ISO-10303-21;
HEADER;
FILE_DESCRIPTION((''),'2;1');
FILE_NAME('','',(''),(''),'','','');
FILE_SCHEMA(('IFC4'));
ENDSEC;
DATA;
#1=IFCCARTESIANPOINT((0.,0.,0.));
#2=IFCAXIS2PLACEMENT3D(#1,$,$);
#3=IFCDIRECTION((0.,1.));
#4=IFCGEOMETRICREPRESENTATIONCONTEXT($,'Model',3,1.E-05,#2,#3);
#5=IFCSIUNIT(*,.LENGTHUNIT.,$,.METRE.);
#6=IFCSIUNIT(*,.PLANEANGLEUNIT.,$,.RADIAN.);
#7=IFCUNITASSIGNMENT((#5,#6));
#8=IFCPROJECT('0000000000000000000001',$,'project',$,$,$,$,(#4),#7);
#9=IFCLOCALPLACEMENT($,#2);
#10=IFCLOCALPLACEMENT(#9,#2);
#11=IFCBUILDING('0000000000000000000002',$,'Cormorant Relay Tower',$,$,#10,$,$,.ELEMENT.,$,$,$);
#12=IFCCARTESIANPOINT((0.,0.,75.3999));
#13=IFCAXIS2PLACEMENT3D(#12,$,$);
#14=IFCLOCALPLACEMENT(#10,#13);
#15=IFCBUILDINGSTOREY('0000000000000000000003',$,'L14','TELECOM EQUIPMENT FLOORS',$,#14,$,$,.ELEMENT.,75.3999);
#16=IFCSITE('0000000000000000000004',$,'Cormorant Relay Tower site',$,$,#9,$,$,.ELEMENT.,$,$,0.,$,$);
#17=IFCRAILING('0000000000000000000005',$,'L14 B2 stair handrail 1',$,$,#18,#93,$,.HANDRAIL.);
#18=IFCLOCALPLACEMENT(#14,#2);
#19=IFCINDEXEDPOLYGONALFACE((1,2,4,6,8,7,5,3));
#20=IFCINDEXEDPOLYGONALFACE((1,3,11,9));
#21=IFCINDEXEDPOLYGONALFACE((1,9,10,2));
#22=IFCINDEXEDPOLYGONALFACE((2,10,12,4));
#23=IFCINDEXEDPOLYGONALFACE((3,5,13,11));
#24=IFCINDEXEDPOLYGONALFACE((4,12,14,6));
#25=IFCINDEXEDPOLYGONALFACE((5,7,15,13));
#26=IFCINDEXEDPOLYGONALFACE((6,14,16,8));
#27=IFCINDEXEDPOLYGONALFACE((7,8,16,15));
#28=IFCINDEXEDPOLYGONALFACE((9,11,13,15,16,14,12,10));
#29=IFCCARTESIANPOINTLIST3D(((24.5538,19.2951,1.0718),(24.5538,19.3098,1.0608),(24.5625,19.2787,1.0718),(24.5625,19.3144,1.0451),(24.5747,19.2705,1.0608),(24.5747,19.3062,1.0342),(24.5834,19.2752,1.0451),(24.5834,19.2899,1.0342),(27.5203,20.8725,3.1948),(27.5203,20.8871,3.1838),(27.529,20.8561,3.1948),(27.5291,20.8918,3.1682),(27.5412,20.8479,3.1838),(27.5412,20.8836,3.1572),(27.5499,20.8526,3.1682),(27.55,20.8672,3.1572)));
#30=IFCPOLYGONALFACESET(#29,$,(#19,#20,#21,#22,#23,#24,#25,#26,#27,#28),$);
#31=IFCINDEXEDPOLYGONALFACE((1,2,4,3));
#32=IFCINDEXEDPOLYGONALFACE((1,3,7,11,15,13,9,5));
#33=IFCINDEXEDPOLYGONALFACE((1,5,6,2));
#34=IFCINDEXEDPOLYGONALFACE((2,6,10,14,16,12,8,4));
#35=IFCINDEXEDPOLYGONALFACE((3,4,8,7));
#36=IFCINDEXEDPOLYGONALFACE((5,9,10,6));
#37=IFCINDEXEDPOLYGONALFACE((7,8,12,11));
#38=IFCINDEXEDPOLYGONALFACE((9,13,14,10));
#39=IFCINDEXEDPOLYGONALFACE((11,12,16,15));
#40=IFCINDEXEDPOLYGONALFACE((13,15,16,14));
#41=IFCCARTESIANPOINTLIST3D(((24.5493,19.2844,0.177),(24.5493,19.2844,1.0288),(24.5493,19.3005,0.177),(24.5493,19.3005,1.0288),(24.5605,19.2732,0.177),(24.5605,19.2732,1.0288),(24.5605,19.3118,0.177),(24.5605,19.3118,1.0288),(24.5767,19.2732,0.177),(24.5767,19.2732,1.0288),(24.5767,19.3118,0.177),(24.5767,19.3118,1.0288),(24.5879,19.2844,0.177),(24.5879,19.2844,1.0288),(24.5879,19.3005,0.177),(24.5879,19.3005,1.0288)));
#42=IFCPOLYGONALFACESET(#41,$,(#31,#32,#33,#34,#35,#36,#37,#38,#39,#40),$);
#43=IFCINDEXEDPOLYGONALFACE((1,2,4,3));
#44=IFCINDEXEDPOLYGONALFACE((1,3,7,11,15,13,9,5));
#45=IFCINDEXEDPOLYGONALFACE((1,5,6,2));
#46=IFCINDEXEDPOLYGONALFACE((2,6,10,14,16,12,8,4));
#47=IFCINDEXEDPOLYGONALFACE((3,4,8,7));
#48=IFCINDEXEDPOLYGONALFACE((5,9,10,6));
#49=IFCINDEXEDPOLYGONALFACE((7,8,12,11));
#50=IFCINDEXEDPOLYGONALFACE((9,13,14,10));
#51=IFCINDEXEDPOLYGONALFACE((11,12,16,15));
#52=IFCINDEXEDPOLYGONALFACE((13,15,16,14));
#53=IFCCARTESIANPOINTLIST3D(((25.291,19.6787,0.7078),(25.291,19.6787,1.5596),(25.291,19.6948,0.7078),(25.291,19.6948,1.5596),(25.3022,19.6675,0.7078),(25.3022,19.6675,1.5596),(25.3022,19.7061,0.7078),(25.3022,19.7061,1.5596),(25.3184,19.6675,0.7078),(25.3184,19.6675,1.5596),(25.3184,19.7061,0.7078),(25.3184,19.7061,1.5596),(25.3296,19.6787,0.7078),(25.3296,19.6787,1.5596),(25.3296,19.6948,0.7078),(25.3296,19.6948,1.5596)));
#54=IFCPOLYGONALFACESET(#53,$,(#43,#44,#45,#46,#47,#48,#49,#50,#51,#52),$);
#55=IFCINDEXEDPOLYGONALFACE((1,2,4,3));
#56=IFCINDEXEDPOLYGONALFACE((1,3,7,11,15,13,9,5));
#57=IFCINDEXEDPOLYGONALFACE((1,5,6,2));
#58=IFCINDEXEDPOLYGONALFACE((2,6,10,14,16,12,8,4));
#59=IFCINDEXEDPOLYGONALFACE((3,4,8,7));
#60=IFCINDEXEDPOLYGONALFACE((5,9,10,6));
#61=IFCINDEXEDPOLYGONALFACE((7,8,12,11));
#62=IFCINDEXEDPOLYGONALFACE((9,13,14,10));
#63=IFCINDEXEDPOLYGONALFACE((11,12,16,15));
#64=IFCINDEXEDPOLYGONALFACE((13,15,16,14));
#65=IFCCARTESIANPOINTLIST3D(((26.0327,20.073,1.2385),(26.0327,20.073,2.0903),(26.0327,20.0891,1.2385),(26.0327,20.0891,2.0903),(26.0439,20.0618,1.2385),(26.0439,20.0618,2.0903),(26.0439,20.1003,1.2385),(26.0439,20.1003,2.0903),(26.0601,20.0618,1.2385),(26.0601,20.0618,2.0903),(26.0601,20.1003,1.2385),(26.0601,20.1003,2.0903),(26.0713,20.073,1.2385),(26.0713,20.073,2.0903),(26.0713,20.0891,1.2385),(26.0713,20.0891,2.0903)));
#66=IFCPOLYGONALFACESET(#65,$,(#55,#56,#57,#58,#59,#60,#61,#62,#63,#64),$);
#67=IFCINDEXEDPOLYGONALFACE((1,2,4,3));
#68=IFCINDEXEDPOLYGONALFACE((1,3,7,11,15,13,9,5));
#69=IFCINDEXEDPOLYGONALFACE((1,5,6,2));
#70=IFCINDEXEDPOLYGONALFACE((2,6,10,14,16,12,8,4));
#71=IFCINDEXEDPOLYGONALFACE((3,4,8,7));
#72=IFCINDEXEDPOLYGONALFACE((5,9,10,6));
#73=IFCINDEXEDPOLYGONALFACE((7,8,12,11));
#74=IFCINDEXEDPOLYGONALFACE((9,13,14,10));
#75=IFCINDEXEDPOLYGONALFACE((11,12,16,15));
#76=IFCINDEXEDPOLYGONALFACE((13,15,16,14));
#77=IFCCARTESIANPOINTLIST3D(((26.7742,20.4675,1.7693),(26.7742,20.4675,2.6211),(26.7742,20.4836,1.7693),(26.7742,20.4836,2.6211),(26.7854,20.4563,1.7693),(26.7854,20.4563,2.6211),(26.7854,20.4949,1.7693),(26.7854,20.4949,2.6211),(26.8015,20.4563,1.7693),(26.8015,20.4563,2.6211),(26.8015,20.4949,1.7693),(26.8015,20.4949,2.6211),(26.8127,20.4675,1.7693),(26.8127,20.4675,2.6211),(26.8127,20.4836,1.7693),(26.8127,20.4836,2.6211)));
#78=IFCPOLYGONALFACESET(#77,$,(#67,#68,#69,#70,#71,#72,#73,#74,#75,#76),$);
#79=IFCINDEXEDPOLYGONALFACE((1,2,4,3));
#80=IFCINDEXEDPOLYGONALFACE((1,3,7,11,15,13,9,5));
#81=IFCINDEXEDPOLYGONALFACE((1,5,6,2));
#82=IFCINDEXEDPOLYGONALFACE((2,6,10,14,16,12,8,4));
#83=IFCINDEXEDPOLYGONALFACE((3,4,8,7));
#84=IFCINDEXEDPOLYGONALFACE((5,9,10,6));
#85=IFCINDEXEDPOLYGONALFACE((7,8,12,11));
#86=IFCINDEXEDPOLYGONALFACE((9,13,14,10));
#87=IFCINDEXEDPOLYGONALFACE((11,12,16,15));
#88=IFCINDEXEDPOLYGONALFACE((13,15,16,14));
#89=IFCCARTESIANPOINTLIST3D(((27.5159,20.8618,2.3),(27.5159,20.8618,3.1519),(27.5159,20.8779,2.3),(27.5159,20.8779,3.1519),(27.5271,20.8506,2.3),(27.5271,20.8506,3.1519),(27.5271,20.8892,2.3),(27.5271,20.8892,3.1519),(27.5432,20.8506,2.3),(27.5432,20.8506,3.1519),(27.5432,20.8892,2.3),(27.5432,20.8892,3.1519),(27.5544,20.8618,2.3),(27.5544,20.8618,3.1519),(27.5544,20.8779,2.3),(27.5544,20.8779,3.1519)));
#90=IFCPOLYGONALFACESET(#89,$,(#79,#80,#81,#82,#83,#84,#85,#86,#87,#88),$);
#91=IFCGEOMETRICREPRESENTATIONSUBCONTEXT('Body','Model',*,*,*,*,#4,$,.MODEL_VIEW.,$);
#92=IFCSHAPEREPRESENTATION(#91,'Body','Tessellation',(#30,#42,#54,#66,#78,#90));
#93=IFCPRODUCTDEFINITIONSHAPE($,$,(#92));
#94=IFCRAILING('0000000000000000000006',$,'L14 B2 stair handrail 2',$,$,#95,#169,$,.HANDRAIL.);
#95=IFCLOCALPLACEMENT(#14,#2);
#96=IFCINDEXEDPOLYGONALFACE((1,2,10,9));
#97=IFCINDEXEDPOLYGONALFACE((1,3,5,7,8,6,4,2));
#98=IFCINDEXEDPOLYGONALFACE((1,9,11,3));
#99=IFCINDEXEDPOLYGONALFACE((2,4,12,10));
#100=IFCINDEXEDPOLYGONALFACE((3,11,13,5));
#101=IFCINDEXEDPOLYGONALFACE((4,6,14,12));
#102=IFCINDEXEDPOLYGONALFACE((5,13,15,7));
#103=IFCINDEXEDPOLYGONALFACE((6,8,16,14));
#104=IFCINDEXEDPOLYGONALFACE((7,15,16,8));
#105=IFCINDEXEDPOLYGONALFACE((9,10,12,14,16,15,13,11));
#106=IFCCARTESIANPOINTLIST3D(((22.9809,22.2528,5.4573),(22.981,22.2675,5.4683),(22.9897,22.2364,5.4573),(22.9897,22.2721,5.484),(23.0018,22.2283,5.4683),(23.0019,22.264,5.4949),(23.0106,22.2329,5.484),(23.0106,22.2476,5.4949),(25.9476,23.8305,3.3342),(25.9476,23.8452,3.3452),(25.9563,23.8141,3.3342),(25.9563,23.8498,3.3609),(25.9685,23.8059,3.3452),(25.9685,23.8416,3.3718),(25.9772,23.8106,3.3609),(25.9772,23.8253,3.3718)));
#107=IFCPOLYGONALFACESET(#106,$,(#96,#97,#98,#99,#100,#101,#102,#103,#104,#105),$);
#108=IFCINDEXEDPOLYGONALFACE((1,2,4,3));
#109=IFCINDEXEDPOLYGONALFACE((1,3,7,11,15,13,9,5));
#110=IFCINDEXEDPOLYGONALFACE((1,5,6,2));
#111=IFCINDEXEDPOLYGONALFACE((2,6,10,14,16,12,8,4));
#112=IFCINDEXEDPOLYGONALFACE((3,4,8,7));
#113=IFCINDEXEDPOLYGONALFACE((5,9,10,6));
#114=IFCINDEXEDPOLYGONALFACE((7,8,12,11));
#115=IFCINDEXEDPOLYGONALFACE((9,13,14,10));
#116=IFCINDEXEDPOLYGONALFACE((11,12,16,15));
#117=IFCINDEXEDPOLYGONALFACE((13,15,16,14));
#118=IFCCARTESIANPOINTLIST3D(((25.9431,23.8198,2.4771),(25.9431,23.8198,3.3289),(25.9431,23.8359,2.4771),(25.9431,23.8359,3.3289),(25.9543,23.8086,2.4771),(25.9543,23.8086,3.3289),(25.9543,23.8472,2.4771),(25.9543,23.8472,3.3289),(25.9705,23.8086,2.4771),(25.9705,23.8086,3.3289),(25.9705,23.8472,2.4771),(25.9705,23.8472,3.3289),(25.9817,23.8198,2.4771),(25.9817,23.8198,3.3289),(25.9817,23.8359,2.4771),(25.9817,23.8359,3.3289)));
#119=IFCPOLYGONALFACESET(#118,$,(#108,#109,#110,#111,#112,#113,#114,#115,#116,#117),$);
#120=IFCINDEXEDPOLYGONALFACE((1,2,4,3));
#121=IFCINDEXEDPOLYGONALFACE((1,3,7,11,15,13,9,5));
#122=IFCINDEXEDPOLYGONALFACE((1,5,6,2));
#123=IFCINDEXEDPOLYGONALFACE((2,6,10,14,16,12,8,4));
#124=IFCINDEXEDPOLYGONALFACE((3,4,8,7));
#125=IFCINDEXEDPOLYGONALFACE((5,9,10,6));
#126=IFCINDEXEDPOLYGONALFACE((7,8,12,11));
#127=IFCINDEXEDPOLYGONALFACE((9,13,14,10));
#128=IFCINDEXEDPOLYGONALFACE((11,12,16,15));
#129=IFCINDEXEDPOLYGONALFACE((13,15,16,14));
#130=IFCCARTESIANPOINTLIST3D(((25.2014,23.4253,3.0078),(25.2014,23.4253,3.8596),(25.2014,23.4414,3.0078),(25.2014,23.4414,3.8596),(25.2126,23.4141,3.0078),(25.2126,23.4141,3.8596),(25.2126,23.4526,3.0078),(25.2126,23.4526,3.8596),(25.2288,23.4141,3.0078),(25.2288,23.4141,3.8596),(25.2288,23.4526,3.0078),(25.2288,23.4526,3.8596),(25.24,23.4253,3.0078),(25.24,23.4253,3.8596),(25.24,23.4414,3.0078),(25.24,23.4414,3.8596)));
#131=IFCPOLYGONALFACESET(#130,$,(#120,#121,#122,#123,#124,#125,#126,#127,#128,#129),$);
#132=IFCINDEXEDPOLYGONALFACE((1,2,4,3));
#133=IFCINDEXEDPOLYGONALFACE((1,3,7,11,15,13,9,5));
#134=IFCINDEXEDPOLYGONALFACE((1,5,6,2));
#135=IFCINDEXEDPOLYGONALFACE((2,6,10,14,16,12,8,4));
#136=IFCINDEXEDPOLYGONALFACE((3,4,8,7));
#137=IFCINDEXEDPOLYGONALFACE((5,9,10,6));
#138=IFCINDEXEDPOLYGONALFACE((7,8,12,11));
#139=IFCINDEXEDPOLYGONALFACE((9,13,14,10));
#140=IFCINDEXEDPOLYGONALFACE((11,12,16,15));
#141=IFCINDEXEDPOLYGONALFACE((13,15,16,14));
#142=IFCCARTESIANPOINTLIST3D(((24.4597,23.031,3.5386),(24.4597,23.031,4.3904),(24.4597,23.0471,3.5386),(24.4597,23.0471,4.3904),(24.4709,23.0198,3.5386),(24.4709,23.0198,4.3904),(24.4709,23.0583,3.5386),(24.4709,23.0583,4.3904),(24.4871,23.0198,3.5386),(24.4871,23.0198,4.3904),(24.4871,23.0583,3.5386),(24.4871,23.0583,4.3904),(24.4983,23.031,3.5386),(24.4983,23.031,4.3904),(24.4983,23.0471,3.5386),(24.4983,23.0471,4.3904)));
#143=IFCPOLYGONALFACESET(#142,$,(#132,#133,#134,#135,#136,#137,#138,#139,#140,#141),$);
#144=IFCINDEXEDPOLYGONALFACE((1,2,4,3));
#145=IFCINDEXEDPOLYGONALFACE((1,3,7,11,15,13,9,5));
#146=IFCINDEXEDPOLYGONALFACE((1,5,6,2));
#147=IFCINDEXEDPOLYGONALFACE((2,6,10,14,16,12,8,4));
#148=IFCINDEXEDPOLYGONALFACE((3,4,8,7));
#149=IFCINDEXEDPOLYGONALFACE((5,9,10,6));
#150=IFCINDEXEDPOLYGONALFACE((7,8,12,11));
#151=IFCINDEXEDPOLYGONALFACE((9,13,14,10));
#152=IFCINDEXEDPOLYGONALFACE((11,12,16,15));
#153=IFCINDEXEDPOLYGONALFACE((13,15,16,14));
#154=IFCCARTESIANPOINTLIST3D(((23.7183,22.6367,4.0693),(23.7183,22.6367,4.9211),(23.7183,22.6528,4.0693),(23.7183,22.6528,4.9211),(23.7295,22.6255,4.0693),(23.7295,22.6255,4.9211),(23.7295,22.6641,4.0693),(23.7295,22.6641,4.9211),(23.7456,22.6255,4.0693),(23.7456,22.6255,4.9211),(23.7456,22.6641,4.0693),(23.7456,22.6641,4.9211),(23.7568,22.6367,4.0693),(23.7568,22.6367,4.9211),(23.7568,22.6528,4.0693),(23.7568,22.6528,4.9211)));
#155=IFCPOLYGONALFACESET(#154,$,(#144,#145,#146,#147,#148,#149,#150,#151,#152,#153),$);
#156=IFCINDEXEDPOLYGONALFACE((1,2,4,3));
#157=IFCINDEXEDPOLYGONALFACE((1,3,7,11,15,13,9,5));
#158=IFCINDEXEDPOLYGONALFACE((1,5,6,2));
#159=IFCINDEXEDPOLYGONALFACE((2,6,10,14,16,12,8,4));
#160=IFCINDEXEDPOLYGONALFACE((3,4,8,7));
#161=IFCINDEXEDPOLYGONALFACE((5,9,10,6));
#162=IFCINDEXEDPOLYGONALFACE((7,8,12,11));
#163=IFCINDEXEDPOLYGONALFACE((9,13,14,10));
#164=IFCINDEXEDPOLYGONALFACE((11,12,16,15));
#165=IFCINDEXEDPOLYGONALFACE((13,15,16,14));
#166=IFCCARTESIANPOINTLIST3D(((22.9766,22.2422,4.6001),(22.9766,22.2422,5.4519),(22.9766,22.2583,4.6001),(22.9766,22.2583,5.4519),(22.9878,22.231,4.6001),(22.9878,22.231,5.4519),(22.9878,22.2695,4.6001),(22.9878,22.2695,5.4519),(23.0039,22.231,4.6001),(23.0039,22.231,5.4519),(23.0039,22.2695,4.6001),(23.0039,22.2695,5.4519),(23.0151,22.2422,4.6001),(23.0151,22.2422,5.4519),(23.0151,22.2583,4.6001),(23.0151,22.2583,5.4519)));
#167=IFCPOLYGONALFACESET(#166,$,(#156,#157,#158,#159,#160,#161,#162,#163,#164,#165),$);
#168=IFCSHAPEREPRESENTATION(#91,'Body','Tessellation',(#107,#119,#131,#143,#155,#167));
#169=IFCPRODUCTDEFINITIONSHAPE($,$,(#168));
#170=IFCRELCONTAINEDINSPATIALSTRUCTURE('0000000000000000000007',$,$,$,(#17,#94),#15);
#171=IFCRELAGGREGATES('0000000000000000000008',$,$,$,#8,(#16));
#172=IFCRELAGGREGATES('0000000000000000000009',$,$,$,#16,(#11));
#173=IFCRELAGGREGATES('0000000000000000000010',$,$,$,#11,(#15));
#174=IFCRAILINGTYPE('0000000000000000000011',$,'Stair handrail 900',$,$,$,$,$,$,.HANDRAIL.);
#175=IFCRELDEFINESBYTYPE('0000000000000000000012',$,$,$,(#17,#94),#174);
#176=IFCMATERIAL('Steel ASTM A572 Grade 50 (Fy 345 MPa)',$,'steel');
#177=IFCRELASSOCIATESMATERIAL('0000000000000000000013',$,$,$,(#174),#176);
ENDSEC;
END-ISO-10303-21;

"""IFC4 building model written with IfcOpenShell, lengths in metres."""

from ifc_helpers import new_model, si_unit, direction, frame, origin, place, context, subcontext, project, spatial, polyline, outline, extrude, material, type_object, element, save


model = new_model("IFC4")

# Units and contexts
model_context = context("Model", 3, precision=1e-05, world=origin(), true_north=direction((0.0, 1.0)))
body_context = subcontext(model_context, "Body", "Model", "MODEL_VIEW")
ifc_project = project(units=[si_unit("LENGTHUNIT", "METRE"), si_unit("PLANEANGLEUNIT", "RADIAN")], contexts=[model_context])

# Site, building, storey
site_placement = place(None, origin())
site = spatial("IfcSite", under=ifc_project, at=site_placement, Name="Cormorant Relay Tower site", CompositionType="ELEMENT", RefElevation=0.0)
building_placement = place(site_placement, origin())
building = spatial("IfcBuilding", under=site, at=building_placement, Name="Cormorant Relay Tower", CompositionType="ELEMENT")
storey_placement = place(building_placement, frame((0.0, 0.0, 75.3999)))
storey = spatial("IfcBuildingStorey", under=building, at=storey_placement, Name="L14", Description="TELECOM EQUIPMENT FLOORS", CompositionType="ELEMENT", Elevation=75.3999)

# Railings
ifc_material_1 = material(Name="Steel ASTM A572 Grade 50 (Fy 345 MPa)", Category="steel")
railing_type_1 = type_object("IfcRailingType", Name="Stair handrail 900", PredefinedType="HANDRAIL", material=ifc_material_1)
railing_1_placement = place(storey_placement, frame((24.5686, 19.2925, 0.177)))
element("IfcRailing", 1, at=railing_1_placement, inside=storey, type_object=railing_type_1, Name="L14 B2 stair handrail 1", PredefinedType="HANDRAIL", context=body_context, shape_type="SweptSolid", body=[
    extrude(outline(polyline([(0.0222, 0.0093), (0.0093, 0.0222), (-0.0093, 0.0222), (-0.0222, 0.0093), (-0.0222, -0.0093), (-0.0093, -0.0222), (0.0093, -0.0222), (0.0222, -0.0093), (0.0222, 0.0093)])), frame((0.0, 0.0, 0.876), z_axis=(0.746413, 0.396887, 0.534179), x_axis=(-0.469483, 0.882942, 0.0)), (0.0, 0.0, 1.0), 3.9744),
    extrude(outline(polyline([(0.0193, 0.0081), (0.0081, 0.0193), (-0.0081, 0.0193), (-0.0193, 0.0081), (-0.0193, -0.0081), (-0.0081, -0.0193), (0.0081, -0.0193), (0.0193, -0.0081), (0.0193, 0.0081)])), origin(), (0.0, 0.0, 1.0), 0.8518),
    extrude(outline(polyline([(0.0193, 0.0081), (0.0081, 0.0193), (-0.0081, 0.0193), (-0.0193, 0.0081), (-0.0193, -0.0081), (-0.0081, -0.0193), (0.0081, -0.0193), (0.0193, -0.0081), (0.0193, 0.0081)])), frame((0.7417, 0.3943, 0.5308)), (0.0, 0.0, 1.0), 0.8518),
    extrude(outline(polyline([(0.0193, 0.0081), (0.0081, 0.0193), (-0.0081, 0.0193), (-0.0193, 0.0081), (-0.0193, -0.0081), (-0.0081, -0.0193), (0.0081, -0.0193), (0.0193, -0.0081), (0.0193, 0.0081)])), frame((1.4834, 0.7886, 1.0615)), (0.0, 0.0, 1.0), 0.8518),
    extrude(outline(polyline([(0.0193, 0.0081), (0.0081, 0.0193), (-0.0081, 0.0193), (-0.0193, 0.0081), (-0.0193, -0.0081), (-0.0081, -0.0193), (0.0081, -0.0193), (0.0193, -0.0081), (0.0193, 0.0081)])), frame((2.2249, 1.1831, 1.5923)), (0.0, 0.0, 1.0), 0.8518),
    extrude(outline(polyline([(0.0193, 0.0081), (0.0081, 0.0193), (-0.0081, 0.0193), (-0.0193, 0.0081), (-0.0193, -0.0081), (-0.0081, -0.0193), (0.0081, -0.0193), (0.0193, -0.0081), (0.0193, 0.0081)])), frame((2.9666, 1.5774, 2.123)), (0.0, 0.0, 1.0), 0.8518),
])
railing_2_placement = place(storey_placement, frame((25.9624, 23.8279, 2.4771)))
element("IfcRailing", 2, at=railing_2_placement, inside=storey, type_object=railing_type_1, Name="L14 B2 stair handrail 2", PredefinedType="HANDRAIL", context=body_context, shape_type="SweptSolid", body=[
    extrude(outline(polyline([(0.0222, 0.0093), (0.0093, 0.0222), (-0.0093, 0.0222), (-0.0222, 0.0093), (-0.0222, -0.0093), (-0.0093, -0.0222), (0.0093, -0.0222), (0.0222, -0.0093), (0.0222, 0.0093)])), frame((0.0, 0.0, 0.876), z_axis=(-0.746395, -0.396939, 0.534166), x_axis=(0.469539, -0.882911, 0.0)), (0.0, 0.0, 1.0), 3.9746),
    extrude(outline(polyline([(0.0193, 0.0081), (0.0081, 0.0193), (-0.0081, 0.0193), (-0.0193, 0.0081), (-0.0193, -0.0081), (-0.0081, -0.0193), (0.0081, -0.0193), (0.0193, -0.0081), (0.0193, 0.0081)])), origin(), (0.0, 0.0, 1.0), 0.8518),
    extrude(outline(polyline([(0.0193, 0.0081), (0.0081, 0.0193), (-0.0081, 0.0193), (-0.0193, 0.0081), (-0.0193, -0.0081), (-0.0081, -0.0193), (0.0081, -0.0193), (0.0193, -0.0081), (0.0193, 0.0081)])), frame((-0.7417, -0.3945, 0.5308)), (0.0, 0.0, 1.0), 0.8518),
    extrude(outline(polyline([(0.0193, 0.0081), (0.0081, 0.0193), (-0.0081, 0.0193), (-0.0193, 0.0081), (-0.0193, -0.0081), (-0.0081, -0.0193), (0.0081, -0.0193), (0.0193, -0.0081), (0.0193, 0.0081)])), frame((-1.4834, -0.7888, 1.0615)), (0.0, 0.0, 1.0), 0.8518),
    extrude(outline(polyline([(0.0193, 0.0081), (0.0081, 0.0193), (-0.0081, 0.0193), (-0.0193, 0.0081), (-0.0193, -0.0081), (-0.0081, -0.0193), (0.0081, -0.0193), (0.0193, -0.0081), (0.0193, 0.0081)])), frame((-2.2249, -1.1831, 1.5923)), (0.0, 0.0, 1.0), 0.8518),
    extrude(outline(polyline([(0.0193, 0.0081), (0.0081, 0.0193), (-0.0081, 0.0193), (-0.0193, 0.0081), (-0.0193, -0.0081), (-0.0081, -0.0193), (0.0081, -0.0193), (0.0193, -0.0081), (0.0193, 0.0081)])), frame((-2.9666, -1.5776, 2.123)), (0.0, 0.0, 1.0), 0.8518),
])

save(model, "model.ifc")
